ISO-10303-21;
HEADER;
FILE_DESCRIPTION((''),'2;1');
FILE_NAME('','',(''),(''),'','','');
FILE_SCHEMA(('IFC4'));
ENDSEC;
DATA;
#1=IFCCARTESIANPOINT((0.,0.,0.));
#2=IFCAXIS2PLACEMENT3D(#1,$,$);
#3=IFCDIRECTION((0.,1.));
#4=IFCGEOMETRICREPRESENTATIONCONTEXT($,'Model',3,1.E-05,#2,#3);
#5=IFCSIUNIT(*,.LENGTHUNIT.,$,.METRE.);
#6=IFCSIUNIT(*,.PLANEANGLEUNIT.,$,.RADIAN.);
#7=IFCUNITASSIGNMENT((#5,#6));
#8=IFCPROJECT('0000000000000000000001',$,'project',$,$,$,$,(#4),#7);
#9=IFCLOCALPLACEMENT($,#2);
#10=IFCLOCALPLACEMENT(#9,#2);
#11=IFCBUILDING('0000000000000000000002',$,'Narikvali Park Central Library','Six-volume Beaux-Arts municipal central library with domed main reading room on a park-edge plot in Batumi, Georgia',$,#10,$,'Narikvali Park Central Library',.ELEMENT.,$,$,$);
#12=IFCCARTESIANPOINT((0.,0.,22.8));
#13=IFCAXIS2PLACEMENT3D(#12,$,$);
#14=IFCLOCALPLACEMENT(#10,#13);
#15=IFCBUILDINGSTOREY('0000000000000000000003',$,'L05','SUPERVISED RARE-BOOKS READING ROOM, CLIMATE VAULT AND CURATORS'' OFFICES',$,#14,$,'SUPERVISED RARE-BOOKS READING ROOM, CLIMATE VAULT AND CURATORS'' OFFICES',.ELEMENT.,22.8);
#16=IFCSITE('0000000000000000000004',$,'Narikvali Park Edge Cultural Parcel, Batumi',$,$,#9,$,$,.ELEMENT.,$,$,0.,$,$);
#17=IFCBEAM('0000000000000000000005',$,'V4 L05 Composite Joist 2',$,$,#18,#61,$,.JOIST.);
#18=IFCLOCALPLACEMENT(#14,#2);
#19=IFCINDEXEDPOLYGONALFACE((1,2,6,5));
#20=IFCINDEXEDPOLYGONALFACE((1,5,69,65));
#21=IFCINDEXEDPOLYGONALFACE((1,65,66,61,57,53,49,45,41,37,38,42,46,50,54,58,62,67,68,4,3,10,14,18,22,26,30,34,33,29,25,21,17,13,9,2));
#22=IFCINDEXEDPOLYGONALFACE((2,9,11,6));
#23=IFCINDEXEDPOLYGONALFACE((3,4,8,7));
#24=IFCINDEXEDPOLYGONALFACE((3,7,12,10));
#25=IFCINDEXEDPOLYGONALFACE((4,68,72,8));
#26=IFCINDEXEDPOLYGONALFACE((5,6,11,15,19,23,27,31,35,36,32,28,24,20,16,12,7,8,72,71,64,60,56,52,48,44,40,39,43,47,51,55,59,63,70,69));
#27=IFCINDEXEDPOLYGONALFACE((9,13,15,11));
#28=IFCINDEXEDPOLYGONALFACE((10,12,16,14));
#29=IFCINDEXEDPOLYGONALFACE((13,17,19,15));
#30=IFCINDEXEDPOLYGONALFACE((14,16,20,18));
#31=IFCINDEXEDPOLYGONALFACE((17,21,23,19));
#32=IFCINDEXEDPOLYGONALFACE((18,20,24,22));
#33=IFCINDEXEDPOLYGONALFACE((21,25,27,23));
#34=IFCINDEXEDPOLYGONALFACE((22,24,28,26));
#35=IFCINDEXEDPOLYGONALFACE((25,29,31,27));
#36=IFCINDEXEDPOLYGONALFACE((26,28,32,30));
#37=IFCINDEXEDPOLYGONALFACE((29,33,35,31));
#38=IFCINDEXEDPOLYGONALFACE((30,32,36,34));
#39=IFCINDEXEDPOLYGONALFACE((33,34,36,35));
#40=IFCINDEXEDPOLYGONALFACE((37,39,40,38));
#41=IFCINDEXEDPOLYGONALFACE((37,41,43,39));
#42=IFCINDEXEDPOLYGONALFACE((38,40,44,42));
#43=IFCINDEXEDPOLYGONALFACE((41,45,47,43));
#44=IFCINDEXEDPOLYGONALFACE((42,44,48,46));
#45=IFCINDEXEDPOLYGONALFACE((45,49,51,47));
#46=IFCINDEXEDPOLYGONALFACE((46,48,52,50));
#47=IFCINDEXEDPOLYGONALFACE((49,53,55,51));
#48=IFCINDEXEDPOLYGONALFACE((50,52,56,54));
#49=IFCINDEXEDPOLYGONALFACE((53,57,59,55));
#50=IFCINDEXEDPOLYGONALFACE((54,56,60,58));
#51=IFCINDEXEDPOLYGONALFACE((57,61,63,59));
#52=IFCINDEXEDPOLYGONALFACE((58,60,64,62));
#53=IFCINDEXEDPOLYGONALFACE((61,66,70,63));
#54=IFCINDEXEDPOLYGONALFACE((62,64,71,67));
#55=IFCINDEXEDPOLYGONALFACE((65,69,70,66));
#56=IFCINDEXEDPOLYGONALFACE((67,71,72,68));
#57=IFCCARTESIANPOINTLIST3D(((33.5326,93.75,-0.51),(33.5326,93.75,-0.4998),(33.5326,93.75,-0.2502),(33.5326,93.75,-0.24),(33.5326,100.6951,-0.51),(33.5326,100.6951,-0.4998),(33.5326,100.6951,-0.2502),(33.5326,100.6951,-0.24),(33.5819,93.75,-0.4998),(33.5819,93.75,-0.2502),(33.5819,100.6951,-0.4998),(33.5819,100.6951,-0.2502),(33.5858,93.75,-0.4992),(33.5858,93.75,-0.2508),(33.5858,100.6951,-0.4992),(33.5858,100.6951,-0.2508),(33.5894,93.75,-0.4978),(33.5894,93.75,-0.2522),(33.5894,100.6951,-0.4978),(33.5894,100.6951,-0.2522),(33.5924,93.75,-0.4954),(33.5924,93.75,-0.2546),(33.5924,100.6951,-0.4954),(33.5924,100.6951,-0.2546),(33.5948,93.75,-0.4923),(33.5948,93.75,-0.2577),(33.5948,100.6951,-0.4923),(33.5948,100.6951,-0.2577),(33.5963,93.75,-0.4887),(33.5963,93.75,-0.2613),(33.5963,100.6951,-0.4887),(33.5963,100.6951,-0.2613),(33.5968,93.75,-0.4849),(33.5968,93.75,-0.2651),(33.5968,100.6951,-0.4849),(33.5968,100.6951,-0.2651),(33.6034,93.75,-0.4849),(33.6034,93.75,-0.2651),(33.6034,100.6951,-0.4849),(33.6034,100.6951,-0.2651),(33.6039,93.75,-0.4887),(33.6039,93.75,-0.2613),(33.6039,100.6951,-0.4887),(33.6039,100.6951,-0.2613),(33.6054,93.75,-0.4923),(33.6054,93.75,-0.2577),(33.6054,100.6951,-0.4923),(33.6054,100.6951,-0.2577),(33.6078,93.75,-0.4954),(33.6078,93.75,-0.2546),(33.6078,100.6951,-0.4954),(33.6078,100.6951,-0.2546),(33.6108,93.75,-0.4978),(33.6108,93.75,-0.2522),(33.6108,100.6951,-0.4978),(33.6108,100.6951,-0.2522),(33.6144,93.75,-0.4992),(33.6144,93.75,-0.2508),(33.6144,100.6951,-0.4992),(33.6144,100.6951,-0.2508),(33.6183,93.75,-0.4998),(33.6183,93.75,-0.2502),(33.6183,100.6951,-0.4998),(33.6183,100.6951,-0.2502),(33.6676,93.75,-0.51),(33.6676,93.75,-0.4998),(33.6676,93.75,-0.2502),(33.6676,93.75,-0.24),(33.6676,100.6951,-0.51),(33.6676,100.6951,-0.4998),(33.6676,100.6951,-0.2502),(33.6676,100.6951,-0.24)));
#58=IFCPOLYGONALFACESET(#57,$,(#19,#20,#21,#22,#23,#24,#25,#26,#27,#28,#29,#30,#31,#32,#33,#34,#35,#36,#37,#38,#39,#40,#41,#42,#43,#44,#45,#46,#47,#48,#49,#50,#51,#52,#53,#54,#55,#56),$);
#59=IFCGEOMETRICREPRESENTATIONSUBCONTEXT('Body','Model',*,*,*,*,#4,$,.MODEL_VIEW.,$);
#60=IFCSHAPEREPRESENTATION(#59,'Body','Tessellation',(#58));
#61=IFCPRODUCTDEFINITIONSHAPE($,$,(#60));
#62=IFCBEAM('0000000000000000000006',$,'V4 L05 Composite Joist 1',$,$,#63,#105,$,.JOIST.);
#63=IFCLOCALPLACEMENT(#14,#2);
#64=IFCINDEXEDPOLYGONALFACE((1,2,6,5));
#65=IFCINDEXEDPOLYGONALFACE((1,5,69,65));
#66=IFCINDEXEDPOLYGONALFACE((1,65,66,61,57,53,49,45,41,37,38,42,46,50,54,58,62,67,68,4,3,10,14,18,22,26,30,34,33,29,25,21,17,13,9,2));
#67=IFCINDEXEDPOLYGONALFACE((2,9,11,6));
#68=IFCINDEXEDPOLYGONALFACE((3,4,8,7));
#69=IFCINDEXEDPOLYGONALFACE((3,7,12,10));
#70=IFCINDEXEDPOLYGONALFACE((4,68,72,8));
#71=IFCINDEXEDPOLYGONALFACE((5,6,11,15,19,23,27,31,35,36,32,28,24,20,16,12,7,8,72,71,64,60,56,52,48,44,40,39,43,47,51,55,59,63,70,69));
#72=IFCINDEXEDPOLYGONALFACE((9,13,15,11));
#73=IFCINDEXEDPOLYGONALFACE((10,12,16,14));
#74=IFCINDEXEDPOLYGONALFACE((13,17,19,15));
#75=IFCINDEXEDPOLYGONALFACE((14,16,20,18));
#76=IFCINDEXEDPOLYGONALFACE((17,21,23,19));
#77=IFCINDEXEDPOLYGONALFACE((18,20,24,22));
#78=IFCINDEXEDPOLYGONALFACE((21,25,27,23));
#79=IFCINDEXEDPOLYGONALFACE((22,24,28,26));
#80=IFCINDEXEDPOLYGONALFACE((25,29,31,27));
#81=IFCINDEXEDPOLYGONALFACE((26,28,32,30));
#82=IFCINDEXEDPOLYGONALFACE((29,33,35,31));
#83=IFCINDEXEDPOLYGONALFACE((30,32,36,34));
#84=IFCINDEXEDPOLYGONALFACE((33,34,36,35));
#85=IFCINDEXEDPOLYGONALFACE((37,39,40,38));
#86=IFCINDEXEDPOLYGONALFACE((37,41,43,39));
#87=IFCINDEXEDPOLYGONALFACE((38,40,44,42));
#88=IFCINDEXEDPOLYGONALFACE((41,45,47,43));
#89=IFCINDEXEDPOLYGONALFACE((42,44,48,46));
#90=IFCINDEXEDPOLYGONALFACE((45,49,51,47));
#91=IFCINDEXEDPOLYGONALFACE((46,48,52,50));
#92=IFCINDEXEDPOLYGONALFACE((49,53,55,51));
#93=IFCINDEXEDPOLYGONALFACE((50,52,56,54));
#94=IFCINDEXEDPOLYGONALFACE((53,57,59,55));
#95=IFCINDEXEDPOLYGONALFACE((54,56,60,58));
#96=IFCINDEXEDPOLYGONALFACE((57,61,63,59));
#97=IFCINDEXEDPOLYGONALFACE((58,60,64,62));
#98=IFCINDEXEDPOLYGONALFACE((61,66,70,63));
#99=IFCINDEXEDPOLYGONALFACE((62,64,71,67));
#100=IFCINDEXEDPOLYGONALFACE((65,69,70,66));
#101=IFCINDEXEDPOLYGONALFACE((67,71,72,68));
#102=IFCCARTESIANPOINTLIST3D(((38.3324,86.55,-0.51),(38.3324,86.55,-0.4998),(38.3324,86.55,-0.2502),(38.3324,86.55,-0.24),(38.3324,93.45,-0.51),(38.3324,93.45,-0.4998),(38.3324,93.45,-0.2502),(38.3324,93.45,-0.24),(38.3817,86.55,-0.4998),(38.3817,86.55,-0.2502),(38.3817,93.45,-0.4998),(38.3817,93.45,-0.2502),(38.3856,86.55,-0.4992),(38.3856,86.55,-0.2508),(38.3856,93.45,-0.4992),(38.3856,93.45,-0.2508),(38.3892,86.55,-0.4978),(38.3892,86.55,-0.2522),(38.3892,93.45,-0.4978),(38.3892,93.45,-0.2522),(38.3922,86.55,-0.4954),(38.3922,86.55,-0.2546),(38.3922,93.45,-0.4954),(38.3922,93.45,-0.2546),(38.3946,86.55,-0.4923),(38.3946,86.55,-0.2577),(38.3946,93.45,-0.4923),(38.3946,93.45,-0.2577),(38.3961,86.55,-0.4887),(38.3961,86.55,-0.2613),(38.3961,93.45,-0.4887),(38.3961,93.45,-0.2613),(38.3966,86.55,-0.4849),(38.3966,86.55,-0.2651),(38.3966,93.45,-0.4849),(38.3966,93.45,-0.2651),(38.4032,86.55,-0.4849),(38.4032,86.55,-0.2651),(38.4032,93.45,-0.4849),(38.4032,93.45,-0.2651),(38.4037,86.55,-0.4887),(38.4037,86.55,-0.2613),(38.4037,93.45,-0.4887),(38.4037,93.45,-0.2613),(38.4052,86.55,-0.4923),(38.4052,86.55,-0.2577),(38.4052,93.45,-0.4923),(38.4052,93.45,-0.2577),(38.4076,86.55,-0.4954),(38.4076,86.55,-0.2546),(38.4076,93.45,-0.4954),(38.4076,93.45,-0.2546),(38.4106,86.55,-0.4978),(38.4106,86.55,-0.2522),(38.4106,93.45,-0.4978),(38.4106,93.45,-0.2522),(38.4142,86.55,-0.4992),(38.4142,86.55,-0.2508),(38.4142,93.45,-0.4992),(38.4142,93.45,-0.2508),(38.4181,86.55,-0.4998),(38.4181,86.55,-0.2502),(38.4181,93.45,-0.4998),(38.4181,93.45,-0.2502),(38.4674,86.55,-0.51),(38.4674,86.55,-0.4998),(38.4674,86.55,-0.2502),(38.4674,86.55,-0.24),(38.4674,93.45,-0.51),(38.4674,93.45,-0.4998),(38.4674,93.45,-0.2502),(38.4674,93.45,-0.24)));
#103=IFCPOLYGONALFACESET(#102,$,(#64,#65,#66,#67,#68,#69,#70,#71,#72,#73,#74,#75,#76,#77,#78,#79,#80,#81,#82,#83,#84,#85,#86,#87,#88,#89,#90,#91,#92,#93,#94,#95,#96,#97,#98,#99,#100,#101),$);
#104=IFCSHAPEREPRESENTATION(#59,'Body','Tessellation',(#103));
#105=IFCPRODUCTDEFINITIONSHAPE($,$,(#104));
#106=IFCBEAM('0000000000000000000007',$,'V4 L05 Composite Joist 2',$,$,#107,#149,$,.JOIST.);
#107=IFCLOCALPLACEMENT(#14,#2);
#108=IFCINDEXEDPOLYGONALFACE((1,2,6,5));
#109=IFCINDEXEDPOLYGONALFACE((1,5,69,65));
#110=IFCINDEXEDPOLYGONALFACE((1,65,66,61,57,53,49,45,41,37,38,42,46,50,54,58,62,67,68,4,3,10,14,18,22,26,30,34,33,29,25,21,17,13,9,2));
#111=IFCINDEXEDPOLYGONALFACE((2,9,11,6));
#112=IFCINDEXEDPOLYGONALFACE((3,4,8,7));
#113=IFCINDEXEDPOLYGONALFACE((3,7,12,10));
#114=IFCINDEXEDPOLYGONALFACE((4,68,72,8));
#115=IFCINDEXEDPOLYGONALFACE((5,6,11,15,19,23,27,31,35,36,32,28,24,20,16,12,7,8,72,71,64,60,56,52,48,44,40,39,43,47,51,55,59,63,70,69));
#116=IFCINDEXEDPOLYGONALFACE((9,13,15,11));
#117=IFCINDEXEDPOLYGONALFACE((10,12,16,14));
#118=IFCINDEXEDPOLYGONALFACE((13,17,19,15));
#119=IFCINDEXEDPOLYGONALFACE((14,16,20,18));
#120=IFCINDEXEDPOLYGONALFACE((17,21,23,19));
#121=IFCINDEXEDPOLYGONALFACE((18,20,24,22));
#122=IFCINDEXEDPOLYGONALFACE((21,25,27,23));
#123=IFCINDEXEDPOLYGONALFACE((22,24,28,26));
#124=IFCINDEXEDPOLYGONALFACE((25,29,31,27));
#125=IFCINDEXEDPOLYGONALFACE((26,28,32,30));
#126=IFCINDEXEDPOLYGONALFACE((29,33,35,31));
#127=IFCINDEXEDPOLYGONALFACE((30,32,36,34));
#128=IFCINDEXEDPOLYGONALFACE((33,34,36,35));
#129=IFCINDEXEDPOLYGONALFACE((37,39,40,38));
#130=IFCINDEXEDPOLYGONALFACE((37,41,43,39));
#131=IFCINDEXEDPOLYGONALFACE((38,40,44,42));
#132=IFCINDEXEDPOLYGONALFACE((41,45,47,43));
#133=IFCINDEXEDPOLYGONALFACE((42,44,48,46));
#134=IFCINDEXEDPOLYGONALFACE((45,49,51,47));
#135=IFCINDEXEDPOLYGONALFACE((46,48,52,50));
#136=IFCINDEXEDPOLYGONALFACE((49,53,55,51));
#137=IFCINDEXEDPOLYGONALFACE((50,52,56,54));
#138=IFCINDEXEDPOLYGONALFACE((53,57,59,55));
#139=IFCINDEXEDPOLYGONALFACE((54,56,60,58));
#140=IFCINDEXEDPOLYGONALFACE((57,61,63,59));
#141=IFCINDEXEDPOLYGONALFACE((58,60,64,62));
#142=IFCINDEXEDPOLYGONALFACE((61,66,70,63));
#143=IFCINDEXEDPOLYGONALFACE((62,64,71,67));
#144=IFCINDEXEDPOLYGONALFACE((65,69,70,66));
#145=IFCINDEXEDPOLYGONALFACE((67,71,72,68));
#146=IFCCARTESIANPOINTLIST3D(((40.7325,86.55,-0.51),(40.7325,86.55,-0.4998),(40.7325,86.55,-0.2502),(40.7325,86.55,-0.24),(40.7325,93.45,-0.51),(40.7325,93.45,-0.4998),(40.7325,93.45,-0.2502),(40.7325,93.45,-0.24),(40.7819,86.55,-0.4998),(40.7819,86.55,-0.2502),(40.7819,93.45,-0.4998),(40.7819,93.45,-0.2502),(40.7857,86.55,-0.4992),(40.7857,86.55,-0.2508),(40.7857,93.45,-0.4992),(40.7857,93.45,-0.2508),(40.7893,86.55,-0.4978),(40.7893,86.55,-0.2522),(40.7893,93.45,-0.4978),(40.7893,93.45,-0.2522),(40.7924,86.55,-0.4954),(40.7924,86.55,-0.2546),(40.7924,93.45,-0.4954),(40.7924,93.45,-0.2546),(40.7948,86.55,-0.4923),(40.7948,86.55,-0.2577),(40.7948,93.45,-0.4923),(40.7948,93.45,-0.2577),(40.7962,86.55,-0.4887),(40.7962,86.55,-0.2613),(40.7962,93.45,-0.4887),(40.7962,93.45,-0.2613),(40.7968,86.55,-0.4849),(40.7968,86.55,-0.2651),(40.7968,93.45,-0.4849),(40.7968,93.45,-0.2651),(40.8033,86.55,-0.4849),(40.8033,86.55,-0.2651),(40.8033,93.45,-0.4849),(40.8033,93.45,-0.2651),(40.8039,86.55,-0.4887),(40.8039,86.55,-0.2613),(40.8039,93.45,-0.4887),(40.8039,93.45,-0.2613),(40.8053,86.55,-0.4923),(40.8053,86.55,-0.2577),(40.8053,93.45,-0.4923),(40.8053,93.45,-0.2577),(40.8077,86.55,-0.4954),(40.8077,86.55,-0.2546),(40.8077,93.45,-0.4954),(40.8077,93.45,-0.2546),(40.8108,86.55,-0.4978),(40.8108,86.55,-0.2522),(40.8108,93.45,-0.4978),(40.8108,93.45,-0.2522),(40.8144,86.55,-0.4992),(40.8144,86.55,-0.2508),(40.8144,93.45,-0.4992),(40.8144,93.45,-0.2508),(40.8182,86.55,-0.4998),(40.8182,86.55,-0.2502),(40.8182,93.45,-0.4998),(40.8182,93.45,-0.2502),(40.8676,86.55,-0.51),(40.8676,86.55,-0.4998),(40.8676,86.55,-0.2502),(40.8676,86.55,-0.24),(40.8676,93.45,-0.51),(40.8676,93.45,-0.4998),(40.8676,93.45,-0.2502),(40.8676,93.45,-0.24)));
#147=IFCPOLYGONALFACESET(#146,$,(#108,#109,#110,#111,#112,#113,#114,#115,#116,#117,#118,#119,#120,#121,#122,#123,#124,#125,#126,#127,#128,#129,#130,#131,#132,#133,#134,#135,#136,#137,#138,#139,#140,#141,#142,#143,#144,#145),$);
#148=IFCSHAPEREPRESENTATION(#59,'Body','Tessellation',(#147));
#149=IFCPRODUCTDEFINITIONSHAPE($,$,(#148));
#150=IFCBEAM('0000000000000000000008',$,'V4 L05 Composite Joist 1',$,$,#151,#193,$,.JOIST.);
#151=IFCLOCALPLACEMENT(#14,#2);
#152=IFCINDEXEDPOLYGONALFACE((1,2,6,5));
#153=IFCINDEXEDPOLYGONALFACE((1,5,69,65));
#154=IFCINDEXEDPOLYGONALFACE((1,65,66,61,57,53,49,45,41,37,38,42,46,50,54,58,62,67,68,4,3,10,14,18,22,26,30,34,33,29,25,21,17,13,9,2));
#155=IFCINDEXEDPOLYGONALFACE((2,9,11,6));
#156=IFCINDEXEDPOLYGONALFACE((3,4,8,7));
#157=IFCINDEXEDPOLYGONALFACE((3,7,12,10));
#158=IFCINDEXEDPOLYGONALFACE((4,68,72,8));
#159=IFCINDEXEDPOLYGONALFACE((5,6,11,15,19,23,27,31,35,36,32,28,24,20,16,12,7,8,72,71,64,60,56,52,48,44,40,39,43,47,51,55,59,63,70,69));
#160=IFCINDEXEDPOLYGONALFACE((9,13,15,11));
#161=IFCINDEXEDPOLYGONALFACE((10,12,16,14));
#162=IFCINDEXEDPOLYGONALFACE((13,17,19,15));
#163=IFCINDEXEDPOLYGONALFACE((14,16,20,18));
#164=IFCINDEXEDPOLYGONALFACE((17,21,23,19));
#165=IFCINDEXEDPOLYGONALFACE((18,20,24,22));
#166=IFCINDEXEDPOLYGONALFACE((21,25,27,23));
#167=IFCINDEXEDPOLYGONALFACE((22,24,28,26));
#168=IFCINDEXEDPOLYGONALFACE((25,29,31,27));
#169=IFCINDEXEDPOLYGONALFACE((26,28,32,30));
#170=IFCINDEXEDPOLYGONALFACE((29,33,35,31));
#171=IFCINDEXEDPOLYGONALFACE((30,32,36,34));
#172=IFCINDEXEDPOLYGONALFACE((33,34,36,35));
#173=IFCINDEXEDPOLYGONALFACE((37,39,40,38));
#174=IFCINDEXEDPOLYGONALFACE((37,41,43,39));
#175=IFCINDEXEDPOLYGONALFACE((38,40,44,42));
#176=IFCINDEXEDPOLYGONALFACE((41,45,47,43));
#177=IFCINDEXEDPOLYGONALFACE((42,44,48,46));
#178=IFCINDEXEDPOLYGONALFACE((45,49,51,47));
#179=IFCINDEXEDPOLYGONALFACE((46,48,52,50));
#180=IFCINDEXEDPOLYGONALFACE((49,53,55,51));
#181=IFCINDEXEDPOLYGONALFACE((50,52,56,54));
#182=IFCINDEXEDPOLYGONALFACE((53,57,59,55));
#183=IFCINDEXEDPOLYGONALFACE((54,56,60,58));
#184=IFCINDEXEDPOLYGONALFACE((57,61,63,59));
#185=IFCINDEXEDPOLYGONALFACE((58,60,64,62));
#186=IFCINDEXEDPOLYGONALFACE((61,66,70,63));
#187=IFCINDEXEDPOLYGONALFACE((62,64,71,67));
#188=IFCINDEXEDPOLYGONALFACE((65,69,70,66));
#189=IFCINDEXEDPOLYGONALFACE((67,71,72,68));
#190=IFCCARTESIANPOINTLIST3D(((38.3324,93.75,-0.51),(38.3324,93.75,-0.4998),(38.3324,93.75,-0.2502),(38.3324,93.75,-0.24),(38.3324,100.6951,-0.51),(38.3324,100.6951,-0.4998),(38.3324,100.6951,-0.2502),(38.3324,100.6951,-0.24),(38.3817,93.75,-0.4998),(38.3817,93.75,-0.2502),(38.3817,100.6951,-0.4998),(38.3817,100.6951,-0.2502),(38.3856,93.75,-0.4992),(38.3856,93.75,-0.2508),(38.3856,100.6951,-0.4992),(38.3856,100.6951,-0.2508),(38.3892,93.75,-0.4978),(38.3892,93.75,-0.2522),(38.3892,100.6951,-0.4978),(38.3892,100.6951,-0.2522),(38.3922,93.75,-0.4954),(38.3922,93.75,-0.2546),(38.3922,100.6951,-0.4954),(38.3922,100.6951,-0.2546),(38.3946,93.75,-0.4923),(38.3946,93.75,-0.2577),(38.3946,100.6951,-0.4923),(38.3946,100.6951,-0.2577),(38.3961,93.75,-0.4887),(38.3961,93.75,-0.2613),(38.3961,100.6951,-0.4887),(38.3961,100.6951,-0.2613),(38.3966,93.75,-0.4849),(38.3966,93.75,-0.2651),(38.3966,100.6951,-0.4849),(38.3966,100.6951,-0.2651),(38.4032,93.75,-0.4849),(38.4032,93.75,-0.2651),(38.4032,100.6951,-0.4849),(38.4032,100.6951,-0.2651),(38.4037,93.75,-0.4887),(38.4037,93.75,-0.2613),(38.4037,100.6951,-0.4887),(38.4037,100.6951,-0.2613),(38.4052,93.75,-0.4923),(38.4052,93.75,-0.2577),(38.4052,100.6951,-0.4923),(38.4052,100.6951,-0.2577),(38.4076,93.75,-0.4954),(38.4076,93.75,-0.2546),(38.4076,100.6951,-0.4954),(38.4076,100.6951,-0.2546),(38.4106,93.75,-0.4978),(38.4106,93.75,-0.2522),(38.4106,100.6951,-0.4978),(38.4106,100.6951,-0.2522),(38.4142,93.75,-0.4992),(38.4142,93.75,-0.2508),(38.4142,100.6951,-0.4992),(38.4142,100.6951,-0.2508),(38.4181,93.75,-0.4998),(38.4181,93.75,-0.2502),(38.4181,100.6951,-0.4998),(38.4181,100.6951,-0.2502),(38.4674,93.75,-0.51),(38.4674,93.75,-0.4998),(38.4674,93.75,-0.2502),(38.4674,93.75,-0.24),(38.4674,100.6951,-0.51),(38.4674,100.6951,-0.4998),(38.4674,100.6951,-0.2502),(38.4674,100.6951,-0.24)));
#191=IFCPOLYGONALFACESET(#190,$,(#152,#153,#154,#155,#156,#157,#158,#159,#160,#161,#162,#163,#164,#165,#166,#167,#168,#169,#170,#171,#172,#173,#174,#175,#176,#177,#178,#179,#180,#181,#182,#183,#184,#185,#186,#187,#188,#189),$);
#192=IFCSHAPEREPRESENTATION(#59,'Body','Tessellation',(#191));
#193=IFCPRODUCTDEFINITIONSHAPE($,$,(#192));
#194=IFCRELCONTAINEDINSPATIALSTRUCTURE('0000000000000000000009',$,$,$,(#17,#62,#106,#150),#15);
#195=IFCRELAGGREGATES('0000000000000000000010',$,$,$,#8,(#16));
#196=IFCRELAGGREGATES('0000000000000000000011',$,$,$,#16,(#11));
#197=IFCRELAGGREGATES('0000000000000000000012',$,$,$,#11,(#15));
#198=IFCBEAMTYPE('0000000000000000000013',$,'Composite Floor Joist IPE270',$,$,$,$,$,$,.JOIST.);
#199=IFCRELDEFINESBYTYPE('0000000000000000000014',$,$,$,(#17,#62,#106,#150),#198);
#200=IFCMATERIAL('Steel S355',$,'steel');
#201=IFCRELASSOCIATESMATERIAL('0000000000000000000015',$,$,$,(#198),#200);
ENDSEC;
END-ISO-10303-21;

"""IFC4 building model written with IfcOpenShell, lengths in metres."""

from ifc_helpers import new_model, si_unit, direction, frame, origin, origin_2d, place, context, subcontext, project, spatial, i_section, extrude, material, material_profile, profile_set, type_object, element, save


model = new_model("IFC4")

# Units and contexts
model_context = context("Model", 3, precision=1e-05, world=origin(), true_north=direction((0.0, 1.0)))
body_context = subcontext(model_context, "Body", "Model", "MODEL_VIEW")
ifc_project = project(units=[si_unit("LENGTHUNIT", "METRE"), si_unit("PLANEANGLEUNIT", "RADIAN")], contexts=[model_context])

# Site, building, storey
site_placement = place(None, origin())
site = spatial("IfcSite", under=ifc_project, at=site_placement, Name="Narikvali Park Edge Cultural Parcel, Batumi", CompositionType="ELEMENT", RefElevation=0.0)
building_placement = place(site_placement, origin())
building = spatial("IfcBuilding", under=site, at=building_placement, Name="Narikvali Park Central Library", Description="Six-volume Beaux-Arts municipal central library with domed main reading room on a park-edge plot in Batumi, Georgia", LongName="Narikvali Park Central Library", CompositionType="ELEMENT")
storey_placement = place(building_placement, frame((0.0, 0.0, 22.8)))
storey = spatial("IfcBuildingStorey", under=building, at=storey_placement, Name="L05", Description="SUPERVISED RARE-BOOKS READING ROOM, CLIMATE VAULT AND CURATORS' OFFICES", LongName="SUPERVISED RARE-BOOKS READING ROOM, CLIMATE VAULT AND CURATORS' OFFICES", CompositionType="ELEMENT", Elevation=22.8)

# Shared definitions
ifc_material_1 = material(Name="Steel S355", Category="steel")

# Beams
ifc_material_profile_1 = material_profile(ifc_material_1, i_section(OverallWidth=0.135, OverallDepth=0.27, WebThickness=0.0066, FlangeThickness=0.0103, FilletRadius=0.0149, at=origin_2d()), Name="IPE 270")
ifc_profile_set_1 = profile_set([ifc_material_profile_1], Name="Steel S355")
beam_type_1 = type_object("IfcBeamType", Name="Composite Floor Joist IPE270", PredefinedType="JOIST", material=ifc_profile_set_1)
for number, where, z_axis, x_axis, name in (
    (1, (33.6001, 93.75, -0.375), (0.0, 1.0, 0.0), (-1.0, 0.0, 0.0), "V4 L05 Composite Joist 2"),
):
    element("IfcBeam", number, at=place(storey_placement, frame(where, z_axis=z_axis, x_axis=x_axis)), inside=storey, type_object=beam_type_1, Name=name, PredefinedType="JOIST", context=body_context, shape_type="SweptSolid", body=[
        extrude(i_section(OverallWidth=0.135, OverallDepth=0.27, WebThickness=0.0066, FlangeThickness=0.0103, FilletRadius=0.0149, at=origin_2d()), origin(), (0.0, 0.0, 1.0), 6.9451),
    ])
for number, where, z_axis, x_axis, name in (
    (2, (38.3999, 86.55, -0.375), (0.0, 1.0, 0.0), (-1.0, 0.0, 0.0), "V4 L05 Composite Joist 1"),
    (3, (40.8, 86.55, -0.375), (0.0, 1.0, 0.0), (-1.0, 0.0, 0.0), "V4 L05 Composite Joist 2"),
):
    element("IfcBeam", number, at=place(storey_placement, frame(where, z_axis=z_axis, x_axis=x_axis)), inside=storey, type_object=beam_type_1, Name=name, PredefinedType="JOIST", context=body_context, shape_type="SweptSolid", body=[
        extrude(i_section(OverallWidth=0.135, OverallDepth=0.27, WebThickness=0.0066, FlangeThickness=0.0103, FilletRadius=0.0149, at=origin_2d()), origin(), (0.0, 0.0, 1.0), 6.8999),
    ])
for number, where, z_axis, x_axis, name in (
    (4, (38.3999, 93.75, -0.375), (0.0, 1.0, 0.0), (-1.0, 0.0, 0.0), "V4 L05 Composite Joist 1"),
):
    element("IfcBeam", number, at=place(storey_placement, frame(where, z_axis=z_axis, x_axis=x_axis)), inside=storey, type_object=beam_type_1, Name=name, PredefinedType="JOIST", context=body_context, shape_type="SweptSolid", body=[
        extrude(i_section(OverallWidth=0.135, OverallDepth=0.27, WebThickness=0.0066, FlangeThickness=0.0103, FilletRadius=0.0149, at=origin_2d()), origin(), (0.0, 0.0, 1.0), 6.9451),
    ])

save(model, "model.ifc")
